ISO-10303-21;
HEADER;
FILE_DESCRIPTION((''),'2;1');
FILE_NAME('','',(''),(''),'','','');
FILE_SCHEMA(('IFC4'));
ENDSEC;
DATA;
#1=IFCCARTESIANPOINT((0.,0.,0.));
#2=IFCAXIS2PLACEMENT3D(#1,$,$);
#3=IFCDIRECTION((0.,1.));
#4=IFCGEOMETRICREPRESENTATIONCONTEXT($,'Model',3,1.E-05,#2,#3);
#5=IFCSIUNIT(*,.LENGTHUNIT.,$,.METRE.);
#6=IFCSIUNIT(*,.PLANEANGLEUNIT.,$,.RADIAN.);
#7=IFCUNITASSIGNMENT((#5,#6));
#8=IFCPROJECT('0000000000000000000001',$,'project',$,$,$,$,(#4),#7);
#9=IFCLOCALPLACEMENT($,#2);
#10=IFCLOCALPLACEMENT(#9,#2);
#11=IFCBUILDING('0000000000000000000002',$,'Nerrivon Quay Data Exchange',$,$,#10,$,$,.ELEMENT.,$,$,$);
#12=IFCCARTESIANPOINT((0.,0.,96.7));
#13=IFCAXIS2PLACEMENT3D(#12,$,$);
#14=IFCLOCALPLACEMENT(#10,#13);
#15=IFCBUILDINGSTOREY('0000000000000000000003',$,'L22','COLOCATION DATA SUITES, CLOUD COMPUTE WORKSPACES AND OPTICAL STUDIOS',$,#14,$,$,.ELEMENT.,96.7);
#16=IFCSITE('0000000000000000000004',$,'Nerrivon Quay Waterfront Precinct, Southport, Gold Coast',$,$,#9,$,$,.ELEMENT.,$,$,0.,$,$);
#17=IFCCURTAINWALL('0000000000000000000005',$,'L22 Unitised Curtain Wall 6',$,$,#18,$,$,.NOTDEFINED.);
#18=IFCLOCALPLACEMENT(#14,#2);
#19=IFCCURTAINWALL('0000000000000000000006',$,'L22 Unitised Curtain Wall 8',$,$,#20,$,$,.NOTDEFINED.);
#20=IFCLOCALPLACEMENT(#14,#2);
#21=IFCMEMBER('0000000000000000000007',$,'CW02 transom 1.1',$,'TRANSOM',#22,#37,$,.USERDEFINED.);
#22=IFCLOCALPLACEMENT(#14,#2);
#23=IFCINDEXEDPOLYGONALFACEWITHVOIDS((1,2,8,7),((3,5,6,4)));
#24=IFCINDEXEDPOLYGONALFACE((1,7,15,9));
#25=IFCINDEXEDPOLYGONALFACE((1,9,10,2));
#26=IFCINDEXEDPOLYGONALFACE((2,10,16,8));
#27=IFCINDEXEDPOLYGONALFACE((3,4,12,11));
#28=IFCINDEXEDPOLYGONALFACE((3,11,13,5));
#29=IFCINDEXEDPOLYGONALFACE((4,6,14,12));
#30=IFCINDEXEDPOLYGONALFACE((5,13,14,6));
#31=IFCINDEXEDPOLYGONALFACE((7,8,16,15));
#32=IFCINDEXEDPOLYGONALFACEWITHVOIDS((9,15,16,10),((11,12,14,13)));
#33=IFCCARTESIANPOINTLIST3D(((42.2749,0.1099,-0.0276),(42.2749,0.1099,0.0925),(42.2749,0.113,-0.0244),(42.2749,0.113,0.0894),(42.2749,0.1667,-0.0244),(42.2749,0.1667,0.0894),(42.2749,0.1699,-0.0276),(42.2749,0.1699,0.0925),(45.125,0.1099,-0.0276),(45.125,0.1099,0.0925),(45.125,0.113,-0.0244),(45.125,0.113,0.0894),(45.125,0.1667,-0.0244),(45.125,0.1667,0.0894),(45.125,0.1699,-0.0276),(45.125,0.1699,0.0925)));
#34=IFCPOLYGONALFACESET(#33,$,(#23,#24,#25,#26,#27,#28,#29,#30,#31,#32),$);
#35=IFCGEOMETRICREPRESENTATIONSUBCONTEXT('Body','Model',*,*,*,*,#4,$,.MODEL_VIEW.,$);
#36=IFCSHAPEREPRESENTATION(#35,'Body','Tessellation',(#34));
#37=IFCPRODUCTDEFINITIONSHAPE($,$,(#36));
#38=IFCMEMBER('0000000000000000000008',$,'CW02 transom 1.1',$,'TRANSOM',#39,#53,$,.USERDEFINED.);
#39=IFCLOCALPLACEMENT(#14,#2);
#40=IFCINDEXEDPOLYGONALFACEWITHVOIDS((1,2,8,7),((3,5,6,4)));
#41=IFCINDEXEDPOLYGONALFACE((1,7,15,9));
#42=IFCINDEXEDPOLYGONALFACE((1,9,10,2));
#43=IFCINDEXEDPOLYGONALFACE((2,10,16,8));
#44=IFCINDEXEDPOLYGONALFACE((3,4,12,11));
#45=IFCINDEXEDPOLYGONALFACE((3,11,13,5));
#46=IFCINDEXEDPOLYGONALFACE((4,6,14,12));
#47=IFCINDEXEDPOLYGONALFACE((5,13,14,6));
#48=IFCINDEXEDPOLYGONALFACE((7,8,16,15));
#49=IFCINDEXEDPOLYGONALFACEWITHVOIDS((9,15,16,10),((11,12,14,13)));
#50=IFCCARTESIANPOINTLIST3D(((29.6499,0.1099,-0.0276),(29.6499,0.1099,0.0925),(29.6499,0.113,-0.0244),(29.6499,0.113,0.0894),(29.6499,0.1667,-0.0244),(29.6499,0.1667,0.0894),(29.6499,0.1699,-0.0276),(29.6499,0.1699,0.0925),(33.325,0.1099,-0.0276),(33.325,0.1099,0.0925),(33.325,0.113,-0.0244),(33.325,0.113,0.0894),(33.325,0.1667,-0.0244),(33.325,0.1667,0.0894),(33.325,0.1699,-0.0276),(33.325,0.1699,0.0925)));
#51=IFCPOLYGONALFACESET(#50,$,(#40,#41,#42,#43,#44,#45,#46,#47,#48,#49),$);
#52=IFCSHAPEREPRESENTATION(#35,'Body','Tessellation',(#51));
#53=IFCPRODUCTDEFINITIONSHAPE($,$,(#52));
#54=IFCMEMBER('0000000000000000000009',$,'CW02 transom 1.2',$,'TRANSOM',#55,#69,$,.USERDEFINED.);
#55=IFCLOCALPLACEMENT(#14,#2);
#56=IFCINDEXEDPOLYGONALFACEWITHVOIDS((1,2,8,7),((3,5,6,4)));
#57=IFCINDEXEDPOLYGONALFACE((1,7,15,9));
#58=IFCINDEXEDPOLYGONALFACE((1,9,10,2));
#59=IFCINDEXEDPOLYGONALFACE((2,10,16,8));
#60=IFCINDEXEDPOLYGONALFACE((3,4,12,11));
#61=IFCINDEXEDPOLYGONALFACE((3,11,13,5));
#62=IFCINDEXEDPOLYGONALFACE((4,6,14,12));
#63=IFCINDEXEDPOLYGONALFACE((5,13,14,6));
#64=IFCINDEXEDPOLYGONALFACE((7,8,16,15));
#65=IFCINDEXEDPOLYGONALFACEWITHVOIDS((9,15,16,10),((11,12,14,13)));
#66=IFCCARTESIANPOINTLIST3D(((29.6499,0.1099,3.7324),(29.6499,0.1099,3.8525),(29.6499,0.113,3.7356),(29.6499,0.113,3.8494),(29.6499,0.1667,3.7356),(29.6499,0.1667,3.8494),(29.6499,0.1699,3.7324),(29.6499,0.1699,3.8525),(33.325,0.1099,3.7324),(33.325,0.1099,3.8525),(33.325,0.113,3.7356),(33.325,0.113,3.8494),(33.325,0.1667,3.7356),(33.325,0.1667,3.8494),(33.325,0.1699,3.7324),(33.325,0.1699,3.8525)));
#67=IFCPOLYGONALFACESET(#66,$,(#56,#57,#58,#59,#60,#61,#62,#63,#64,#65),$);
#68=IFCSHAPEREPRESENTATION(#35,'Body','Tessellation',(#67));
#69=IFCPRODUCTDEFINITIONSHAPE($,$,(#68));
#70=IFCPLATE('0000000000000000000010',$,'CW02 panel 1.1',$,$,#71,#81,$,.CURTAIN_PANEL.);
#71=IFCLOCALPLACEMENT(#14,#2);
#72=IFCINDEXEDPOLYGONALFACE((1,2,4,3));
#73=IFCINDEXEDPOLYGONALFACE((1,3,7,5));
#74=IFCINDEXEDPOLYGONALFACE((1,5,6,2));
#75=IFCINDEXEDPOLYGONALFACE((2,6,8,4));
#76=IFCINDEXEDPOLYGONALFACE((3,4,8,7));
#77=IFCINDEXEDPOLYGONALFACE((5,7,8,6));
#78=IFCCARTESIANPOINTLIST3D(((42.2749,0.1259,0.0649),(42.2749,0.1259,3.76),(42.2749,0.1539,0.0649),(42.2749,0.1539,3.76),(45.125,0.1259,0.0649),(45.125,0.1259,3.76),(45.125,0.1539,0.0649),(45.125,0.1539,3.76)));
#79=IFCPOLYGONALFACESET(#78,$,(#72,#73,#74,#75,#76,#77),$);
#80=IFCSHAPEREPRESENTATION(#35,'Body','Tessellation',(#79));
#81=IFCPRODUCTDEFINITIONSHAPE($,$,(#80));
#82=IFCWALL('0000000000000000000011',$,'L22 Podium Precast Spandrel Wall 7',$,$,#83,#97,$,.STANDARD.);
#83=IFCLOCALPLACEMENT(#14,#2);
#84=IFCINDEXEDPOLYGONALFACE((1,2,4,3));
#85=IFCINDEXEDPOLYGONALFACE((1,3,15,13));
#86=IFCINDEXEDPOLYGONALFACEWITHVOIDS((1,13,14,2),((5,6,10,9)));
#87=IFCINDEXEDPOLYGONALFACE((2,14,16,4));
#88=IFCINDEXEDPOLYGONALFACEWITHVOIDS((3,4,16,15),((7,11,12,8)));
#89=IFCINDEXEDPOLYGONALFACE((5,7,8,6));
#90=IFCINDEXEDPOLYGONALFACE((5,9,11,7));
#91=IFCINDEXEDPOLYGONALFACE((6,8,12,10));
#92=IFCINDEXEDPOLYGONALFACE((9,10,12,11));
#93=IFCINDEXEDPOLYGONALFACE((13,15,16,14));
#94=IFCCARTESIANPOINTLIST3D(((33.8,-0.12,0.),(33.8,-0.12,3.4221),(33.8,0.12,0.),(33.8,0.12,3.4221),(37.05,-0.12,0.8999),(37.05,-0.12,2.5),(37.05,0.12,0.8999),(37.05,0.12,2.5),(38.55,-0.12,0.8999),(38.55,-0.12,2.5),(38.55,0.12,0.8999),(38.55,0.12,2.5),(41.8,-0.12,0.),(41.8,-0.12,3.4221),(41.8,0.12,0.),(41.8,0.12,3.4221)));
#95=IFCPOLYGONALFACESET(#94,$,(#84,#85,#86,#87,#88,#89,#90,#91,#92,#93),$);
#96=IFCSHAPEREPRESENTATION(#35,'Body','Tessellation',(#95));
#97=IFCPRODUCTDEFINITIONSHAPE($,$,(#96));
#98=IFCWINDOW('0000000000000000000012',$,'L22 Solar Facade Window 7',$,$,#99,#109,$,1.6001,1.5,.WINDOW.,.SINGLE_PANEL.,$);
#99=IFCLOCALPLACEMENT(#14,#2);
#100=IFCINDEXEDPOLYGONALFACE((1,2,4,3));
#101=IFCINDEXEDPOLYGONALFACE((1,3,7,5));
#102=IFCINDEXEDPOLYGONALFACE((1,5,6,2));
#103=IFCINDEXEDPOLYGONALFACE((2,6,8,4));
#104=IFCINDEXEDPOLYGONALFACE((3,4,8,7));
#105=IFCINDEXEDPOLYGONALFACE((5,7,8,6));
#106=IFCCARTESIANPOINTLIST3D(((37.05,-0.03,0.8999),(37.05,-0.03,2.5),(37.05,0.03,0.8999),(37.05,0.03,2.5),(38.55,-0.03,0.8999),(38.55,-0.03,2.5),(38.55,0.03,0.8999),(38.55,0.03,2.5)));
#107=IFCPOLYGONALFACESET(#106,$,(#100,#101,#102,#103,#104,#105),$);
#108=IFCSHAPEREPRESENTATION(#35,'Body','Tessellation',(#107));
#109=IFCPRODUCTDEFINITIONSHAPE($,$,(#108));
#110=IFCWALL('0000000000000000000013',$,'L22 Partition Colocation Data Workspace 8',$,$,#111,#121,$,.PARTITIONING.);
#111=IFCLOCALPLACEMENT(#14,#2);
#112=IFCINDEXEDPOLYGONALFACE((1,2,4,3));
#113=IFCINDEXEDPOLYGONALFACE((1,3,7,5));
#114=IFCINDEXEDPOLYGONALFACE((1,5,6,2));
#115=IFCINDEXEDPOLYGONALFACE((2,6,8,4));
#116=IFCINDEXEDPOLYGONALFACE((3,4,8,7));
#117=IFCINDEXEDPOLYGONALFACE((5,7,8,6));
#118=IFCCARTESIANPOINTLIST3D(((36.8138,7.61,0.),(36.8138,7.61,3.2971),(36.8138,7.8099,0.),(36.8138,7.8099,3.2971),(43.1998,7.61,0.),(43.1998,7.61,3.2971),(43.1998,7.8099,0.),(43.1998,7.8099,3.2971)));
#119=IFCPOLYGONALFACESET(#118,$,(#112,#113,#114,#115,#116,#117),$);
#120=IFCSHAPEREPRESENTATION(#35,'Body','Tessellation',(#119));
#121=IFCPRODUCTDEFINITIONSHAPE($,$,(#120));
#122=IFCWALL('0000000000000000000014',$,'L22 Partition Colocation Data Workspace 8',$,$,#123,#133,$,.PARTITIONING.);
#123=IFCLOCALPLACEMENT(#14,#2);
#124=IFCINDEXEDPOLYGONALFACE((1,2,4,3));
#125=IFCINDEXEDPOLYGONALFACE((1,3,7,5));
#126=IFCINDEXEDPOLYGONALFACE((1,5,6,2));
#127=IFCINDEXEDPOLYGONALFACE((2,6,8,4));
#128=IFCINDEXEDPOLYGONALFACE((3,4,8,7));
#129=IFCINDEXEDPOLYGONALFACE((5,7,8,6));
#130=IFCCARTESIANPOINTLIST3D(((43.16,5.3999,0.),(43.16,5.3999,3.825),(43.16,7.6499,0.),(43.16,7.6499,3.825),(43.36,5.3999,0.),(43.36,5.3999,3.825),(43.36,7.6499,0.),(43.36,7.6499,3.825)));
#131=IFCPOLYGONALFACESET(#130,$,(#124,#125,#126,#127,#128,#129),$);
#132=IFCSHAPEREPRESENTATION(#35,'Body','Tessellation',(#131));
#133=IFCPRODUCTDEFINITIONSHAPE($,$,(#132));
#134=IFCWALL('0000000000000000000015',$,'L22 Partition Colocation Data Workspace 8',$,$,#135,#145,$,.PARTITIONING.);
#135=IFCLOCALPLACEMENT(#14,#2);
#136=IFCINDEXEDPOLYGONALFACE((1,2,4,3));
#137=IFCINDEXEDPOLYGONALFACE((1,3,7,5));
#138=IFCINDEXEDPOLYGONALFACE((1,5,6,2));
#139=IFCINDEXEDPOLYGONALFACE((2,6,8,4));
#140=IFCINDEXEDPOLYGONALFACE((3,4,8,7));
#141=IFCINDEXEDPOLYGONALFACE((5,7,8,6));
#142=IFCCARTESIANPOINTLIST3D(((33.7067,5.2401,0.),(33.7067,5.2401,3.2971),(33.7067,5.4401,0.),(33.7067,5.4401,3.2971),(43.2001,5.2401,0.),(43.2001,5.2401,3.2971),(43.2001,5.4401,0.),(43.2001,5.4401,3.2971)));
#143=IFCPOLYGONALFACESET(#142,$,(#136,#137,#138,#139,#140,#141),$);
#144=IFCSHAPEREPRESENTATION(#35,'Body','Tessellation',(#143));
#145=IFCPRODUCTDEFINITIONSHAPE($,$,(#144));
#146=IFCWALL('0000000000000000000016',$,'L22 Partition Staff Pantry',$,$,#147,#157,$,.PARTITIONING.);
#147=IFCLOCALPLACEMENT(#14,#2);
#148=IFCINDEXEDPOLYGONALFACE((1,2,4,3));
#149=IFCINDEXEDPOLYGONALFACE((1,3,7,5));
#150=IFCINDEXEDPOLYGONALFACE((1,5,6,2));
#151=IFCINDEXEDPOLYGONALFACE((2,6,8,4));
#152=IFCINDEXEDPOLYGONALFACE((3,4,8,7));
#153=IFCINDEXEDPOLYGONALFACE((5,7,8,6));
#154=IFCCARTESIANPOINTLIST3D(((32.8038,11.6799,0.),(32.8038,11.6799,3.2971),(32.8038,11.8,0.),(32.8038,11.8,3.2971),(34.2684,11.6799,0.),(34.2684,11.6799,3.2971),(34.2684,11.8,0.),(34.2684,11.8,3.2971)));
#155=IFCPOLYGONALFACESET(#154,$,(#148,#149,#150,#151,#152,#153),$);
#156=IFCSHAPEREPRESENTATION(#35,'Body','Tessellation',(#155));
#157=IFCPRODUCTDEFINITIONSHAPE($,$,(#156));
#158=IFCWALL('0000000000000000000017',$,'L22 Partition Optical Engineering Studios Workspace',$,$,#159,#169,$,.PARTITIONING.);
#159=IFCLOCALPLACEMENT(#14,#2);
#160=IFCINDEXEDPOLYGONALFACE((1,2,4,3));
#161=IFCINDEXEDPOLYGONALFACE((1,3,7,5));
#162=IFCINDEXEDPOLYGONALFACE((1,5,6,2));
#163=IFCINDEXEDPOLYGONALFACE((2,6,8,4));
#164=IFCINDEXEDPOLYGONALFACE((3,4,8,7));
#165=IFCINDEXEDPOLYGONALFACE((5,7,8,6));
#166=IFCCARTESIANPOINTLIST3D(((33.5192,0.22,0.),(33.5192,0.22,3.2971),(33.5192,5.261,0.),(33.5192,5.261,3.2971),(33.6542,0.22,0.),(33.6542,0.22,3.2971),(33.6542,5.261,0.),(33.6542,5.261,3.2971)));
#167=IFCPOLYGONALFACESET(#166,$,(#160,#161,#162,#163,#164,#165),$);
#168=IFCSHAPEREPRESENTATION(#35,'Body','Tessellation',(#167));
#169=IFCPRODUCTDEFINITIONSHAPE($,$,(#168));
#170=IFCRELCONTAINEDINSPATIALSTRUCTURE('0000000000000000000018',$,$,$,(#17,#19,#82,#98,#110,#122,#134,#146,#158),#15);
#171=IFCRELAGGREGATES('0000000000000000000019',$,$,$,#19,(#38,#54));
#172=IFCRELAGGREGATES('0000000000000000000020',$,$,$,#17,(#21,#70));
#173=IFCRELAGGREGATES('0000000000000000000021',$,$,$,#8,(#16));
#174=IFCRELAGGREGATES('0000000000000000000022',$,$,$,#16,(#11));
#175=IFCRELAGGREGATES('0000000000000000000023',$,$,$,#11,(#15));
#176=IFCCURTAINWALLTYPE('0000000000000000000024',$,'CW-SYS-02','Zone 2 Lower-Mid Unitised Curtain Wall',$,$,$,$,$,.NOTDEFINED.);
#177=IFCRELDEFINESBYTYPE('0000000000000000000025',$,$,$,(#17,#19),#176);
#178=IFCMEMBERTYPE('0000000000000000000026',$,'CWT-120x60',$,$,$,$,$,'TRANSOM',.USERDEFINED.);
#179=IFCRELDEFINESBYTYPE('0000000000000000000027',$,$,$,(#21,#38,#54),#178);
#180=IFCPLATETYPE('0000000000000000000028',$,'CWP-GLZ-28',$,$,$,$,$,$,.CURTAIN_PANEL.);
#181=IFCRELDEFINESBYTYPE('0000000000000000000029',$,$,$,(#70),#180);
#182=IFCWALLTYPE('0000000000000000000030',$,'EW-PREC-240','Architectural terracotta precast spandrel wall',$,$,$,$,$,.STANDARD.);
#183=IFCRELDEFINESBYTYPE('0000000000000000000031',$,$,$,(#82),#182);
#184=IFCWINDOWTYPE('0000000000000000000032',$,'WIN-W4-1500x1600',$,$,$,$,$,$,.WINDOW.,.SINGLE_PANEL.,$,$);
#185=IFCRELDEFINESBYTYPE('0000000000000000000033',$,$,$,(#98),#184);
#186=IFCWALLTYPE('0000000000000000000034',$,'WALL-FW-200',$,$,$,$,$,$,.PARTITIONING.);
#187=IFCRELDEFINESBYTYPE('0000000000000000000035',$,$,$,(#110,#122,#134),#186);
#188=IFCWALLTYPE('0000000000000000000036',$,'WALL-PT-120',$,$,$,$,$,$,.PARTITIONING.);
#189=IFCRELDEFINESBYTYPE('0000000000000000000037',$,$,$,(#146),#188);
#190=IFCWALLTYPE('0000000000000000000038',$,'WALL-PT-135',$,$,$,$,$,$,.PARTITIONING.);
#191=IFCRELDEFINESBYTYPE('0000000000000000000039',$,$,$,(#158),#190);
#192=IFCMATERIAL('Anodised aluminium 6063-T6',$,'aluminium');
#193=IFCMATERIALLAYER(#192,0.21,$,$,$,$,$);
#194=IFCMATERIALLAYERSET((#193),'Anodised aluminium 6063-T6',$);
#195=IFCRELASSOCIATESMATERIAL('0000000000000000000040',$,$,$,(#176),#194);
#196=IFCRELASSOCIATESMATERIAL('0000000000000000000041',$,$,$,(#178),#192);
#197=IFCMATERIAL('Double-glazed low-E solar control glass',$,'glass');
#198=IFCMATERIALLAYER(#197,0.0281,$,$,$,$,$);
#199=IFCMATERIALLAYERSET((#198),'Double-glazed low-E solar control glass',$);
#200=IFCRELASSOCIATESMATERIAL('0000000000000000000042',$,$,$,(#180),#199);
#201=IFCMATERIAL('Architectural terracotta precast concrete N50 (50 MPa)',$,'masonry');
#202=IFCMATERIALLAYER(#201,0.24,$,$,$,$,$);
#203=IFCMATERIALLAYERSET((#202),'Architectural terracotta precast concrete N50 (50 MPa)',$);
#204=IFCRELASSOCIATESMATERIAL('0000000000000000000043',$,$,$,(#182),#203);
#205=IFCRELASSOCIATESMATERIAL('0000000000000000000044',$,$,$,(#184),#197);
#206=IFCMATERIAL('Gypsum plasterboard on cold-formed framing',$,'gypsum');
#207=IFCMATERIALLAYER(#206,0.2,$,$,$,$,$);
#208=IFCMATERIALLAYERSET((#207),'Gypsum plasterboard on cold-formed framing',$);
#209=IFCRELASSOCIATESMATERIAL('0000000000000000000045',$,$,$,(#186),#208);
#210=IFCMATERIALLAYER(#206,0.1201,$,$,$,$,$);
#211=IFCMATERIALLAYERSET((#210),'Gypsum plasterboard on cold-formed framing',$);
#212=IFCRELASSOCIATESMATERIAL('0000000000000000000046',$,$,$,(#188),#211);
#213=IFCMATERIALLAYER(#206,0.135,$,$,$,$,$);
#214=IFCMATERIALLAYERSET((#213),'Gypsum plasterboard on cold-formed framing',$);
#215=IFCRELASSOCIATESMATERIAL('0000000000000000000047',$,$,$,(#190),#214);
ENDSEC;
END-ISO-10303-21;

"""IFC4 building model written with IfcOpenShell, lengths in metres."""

from ifc_helpers import new_model, si_unit, direction, frame, frame_2d, origin, origin_2d, place, context, subcontext, project, spatial, rectangle, hollow_rectangle, extrude, material, layer, layer_set, material_profile, profile_set, type_object, element, fill, aggregate, save


model = new_model("IFC4")

# Units and contexts
model_context = context("Model", 3, precision=1e-05, world=origin(), true_north=direction((0.0, 1.0)))
body_context = subcontext(model_context, "Body", "Model", "MODEL_VIEW")
ifc_project = project(units=[si_unit("LENGTHUNIT", "METRE"), si_unit("PLANEANGLEUNIT", "RADIAN")], contexts=[model_context])

# Site, building, storey
site_placement = place(None, origin())
site = spatial("IfcSite", under=ifc_project, at=site_placement, Name="Nerrivon Quay Waterfront Precinct, Southport, Gold Coast", CompositionType="ELEMENT", RefElevation=0.0)
building_placement = place(site_placement, origin())
building = spatial("IfcBuilding", under=site, at=building_placement, Name="Nerrivon Quay Data Exchange", CompositionType="ELEMENT")
storey_placement = place(building_placement, frame((0.0, 0.0, 96.7)))
storey = spatial("IfcBuildingStorey", under=building, at=storey_placement, Name="L22", Description="COLOCATION DATA SUITES, CLOUD COMPUTE WORKSPACES AND OPTICAL STUDIOS", CompositionType="ELEMENT", Elevation=96.7)

# Curtain walls
ifc_material_1 = material(Name="Anodised aluminium 6063-T6", Category="aluminium")
ifc_layer_1 = layer(ifc_material_1, 0.21)
ifc_layer_set_1 = layer_set([ifc_layer_1], Name="Anodised aluminium 6063-T6")
curtain_wall_type = type_object("IfcCurtainWallType", Name="CW-SYS-02", Description="Zone 2 Lower-Mid Unitised Curtain Wall", PredefinedType="NOTDEFINED", material=ifc_layer_set_1)
curtain_wall_1_placement = place(storey_placement, origin())
curtain_wall_1 = element("IfcCurtainWall", 1, at=curtain_wall_1_placement, inside=storey, type_object=curtain_wall_type, Name="L22 Unitised Curtain Wall 6", PredefinedType="NOTDEFINED")
curtain_wall_2_placement = place(storey_placement, origin())
curtain_wall_2 = element("IfcCurtainWall", 2, at=curtain_wall_2_placement, inside=storey, type_object=curtain_wall_type, Name="L22 Unitised Curtain Wall 8", PredefinedType="NOTDEFINED")

# Members
ifc_material_profile_1 = material_profile(ifc_material_1, hollow_rectangle(XDim=0.0601, YDim=0.1201, WallThickness=0.0032, at=origin_2d()), Name="ALU-TRAN-120x60")
ifc_profile_set_1 = profile_set([ifc_material_profile_1], Name="Anodised aluminium 6063-T6")
member_type_1 = type_object("IfcMemberType", Name="CWT-120x60", ElementType="TRANSOM", PredefinedType="USERDEFINED", material=ifc_profile_set_1)
member_1_placement = place(storey_placement, frame((45.125, 0.1399, 0.0325), z_axis=(-1.0, 0.0, 0.0), x_axis=(0.0, -1.0, 0.0)))
member_1 = element("IfcMember", 3, at=member_1_placement, type_object=member_type_1, Name="CW02 transom 1.1", ObjectType="TRANSOM", PredefinedType="USERDEFINED", context=body_context, shape_type="SweptSolid", body=[
    extrude(hollow_rectangle(XDim=0.0601, YDim=0.1201, WallThickness=0.0032, at=origin_2d()), origin(), (0.0, 0.0, 1.0), 2.8501),
])
member_2_placement = place(storey_placement, frame((33.325, 0.1399, 0.0325), z_axis=(-1.0, 0.0, 0.0), x_axis=(0.0, -1.0, 0.0)))
member_2 = element("IfcMember", 4, at=member_2_placement, type_object=member_type_1, Name="CW02 transom 1.1", ObjectType="TRANSOM", PredefinedType="USERDEFINED", context=body_context, shape_type="SweptSolid", body=[
    extrude(hollow_rectangle(XDim=0.0601, YDim=0.1201, WallThickness=0.0032, at=origin_2d()), origin(), (0.0, 0.0, 1.0), 3.675),
])
member_3_placement = place(storey_placement, frame((33.325, 0.1399, 3.7925), z_axis=(-1.0, 0.0, 0.0), x_axis=(0.0, -1.0, 0.0)))
member_3 = element("IfcMember", 5, at=member_3_placement, type_object=member_type_1, Name="CW02 transom 1.2", ObjectType="TRANSOM", PredefinedType="USERDEFINED", context=body_context, shape_type="SweptSolid", body=[
    extrude(hollow_rectangle(XDim=0.0601, YDim=0.1201, WallThickness=0.0032, at=origin_2d()), origin(), (0.0, 0.0, 1.0), 3.675),
])
aggregate(curtain_wall_2, [member_2, member_3])

# Plate
ifc_material_2 = material(Name="Double-glazed low-E solar control glass", Category="glass")
ifc_layer_2 = layer(ifc_material_2, 0.0281)
ifc_layer_set_2 = layer_set([ifc_layer_2], Name="Double-glazed low-E solar control glass")
plate_type = type_object("IfcPlateType", Name="CWP-GLZ-28", PredefinedType="CURTAIN_PANEL", material=ifc_layer_set_2)
plate_placement = place(storey_placement, frame((43.7, 0.1399, 0.0649), z_axis=(0.0, 0.0, 1.0), x_axis=(-1.0, 0.0, 0.0)))
plate = element("IfcPlate", 6, at=plate_placement, type_object=plate_type, Name="CW02 panel 1.1", PredefinedType="CURTAIN_PANEL", context=body_context, shape_type="SweptSolid", body=[
    extrude(rectangle(XDim=2.8501, YDim=0.0281, at=origin_2d()), origin(), (0.0, 0.0, 1.0), 3.6951),
])
aggregate(curtain_wall_1, [member_1, plate])

# Wall, opening, window
ifc_material_3 = material(Name="Architectural terracotta precast concrete N50 (50 MPa)", Category="masonry")
ifc_layer_3 = layer(ifc_material_3, 0.24)
ifc_layer_set_3 = layer_set([ifc_layer_3], Name="Architectural terracotta precast concrete N50 (50 MPa)")
wall_type_1 = type_object("IfcWallType", Name="EW-PREC-240", Description="Architectural terracotta precast spandrel wall", PredefinedType="STANDARD", material=ifc_layer_set_3)
wall_1_placement = place(storey_placement, frame((41.8, 0.0, 0.0), z_axis=(0.0, 0.0, 1.0), x_axis=(-1.0, 0.0, 0.0)))
wall_1 = element("IfcWall", 7, at=wall_1_placement, inside=storey, type_object=wall_type_1, Name="L22 Podium Precast Spandrel Wall 7", PredefinedType="STANDARD", context=body_context, shape_type="SweptSolid", body=[
    extrude(rectangle(XDim=8.0, YDim=0.24, at=frame_2d((4.0, 0.0))), origin(), (0.0, 0.0, 1.0), 3.4221),
])
opening_1_placement = place(wall_1_placement, frame((3.25, 0.0, 0.8999)))
opening_1 = element("IfcOpeningElement", 8, at=opening_1_placement, cuts=wall_1, PredefinedType="OPENING", context=body_context, shape_type="SweptSolid", body=[
    extrude(rectangle(XDim=1.5, YDim=1.6001, at=frame_2d((0.75, 0.8))), frame((0.0, 0.1299, 0.0), z_axis=(0.0, -1.0, 0.0), x_axis=(1.0, 0.0, 0.0)), (0.0, 0.0, 1.0), 0.26),
])
window_type = type_object("IfcWindowType", Name="WIN-W4-1500x1600", PartitioningType="SINGLE_PANEL", PredefinedType="WINDOW", material=ifc_material_2)
window_placement = place(opening_1_placement, origin())
window = element("IfcWindow", 9, at=window_placement, inside=storey, type_object=window_type, Name="L22 Solar Facade Window 7", OverallHeight=1.6001, OverallWidth=1.5, PartitioningType="SINGLE_PANEL", PredefinedType="WINDOW", context=body_context, shape_type="SweptSolid", body=[
    extrude(rectangle(XDim=1.5, YDim=1.6001, at=frame_2d((0.75, 0.8))), frame((0.0, 0.03, 0.0), z_axis=(0.0, -1.0, 0.0), x_axis=(1.0, 0.0, 0.0)), (0.0, 0.0, 1.0), 0.0601),
])
fill(opening_1, window)

# Walls
ifc_material_4 = material(Name="Gypsum plasterboard on cold-formed framing", Category="gypsum")
ifc_layer_4 = layer(ifc_material_4, 0.2)
ifc_layer_set_4 = layer_set([ifc_layer_4], Name="Gypsum plasterboard on cold-formed framing")
wall_type_2 = type_object("IfcWallType", Name="WALL-FW-200", PredefinedType="PARTITIONING", material=ifc_layer_set_4)
wall_2_placement = place(storey_placement, frame((36.814, 7.71, 0.0), z_axis=(0.0, 0.0, 1.0), x_axis=(1.0, 0.0, 0.0)))
element("IfcWall", 10, at=wall_2_placement, inside=storey, type_object=wall_type_2, Name="L22 Partition Colocation Data Workspace 8", PredefinedType="PARTITIONING", context=body_context, shape_type="SweptSolid", body=[
    extrude(rectangle(XDim=6.386, YDim=0.2, at=frame_2d((3.1929, 0.0))), origin(), (0.0, 0.0, 1.0), 3.2971),
])
wall_3_placement = place(storey_placement, frame((43.26, 7.6499, 0.0), z_axis=(0.0, 0.0, 1.0), x_axis=(0.0, -1.0, 0.0)))
element("IfcWall", 11, at=wall_3_placement, inside=storey, type_object=wall_type_2, Name="L22 Partition Colocation Data Workspace 8", PredefinedType="PARTITIONING", context=body_context, shape_type="SweptSolid", body=[
    extrude(rectangle(XDim=2.25, YDim=0.2, at=frame_2d((1.125, 0.0))), origin(), (0.0, 0.0, 1.0), 3.825),
])
wall_4_placement = place(storey_placement, frame((43.2, 5.3401, 0.0), z_axis=(0.0, 0.0, 1.0), x_axis=(-1.0, 0.0, 0.0)))
element("IfcWall", 12, at=wall_4_placement, inside=storey, type_object=wall_type_2, Name="L22 Partition Colocation Data Workspace 8", PredefinedType="PARTITIONING", context=body_context, shape_type="SweptSolid", body=[
    extrude(rectangle(XDim=9.4934, YDim=0.2, at=frame_2d((4.7466, 0.0))), origin(), (0.0, 0.0, 1.0), 3.2971),
])
ifc_layer_5 = layer(ifc_material_4, 0.1201)
ifc_layer_set_5 = layer_set([ifc_layer_5], Name="Gypsum plasterboard on cold-formed framing")
wall_type_3 = type_object("IfcWallType", Name="WALL-PT-120", PredefinedType="PARTITIONING", material=ifc_layer_set_5)
wall_5_placement = place(storey_placement, frame((34.2686, 11.74, 0.0), z_axis=(0.0, 0.0, 1.0), x_axis=(-1.0, 0.0, 0.0)))
element("IfcWall", 13, at=wall_5_placement, inside=storey, type_object=wall_type_3, Name="L22 Partition Staff Pantry", PredefinedType="PARTITIONING", context=body_context, shape_type="SweptSolid", body=[
    extrude(rectangle(XDim=1.4646, YDim=0.1201, at=frame_2d((0.7324, 0.0))), origin(), (0.0, 0.0, 1.0), 3.2971),
])

# Shared definitions
ifc_layer_6 = layer(ifc_material_4, 0.135)
ifc_layer_set_6 = layer_set([ifc_layer_6], Name="Gypsum plasterboard on cold-formed framing")
wall_type_4 = type_object("IfcWallType", Name="WALL-PT-135", PredefinedType="PARTITIONING", material=ifc_layer_set_6)

# Wall
wall_6_placement = place(storey_placement, frame((33.5867, 0.22, 0.0), z_axis=(0.0, 0.0, 1.0), x_axis=(0.0, 1.0, 0.0)))
element("IfcWall", 14, at=wall_6_placement, inside=storey, type_object=wall_type_4, Name="L22 Partition Optical Engineering Studios Workspace", PredefinedType="PARTITIONING", context=body_context, shape_type="SweptSolid", body=[
    extrude(rectangle(XDim=5.041, YDim=0.135, at=frame_2d((2.5205, 0.0))), origin(), (0.0, 0.0, 1.0), 3.2971),
])

save(model, "model.ifc")
